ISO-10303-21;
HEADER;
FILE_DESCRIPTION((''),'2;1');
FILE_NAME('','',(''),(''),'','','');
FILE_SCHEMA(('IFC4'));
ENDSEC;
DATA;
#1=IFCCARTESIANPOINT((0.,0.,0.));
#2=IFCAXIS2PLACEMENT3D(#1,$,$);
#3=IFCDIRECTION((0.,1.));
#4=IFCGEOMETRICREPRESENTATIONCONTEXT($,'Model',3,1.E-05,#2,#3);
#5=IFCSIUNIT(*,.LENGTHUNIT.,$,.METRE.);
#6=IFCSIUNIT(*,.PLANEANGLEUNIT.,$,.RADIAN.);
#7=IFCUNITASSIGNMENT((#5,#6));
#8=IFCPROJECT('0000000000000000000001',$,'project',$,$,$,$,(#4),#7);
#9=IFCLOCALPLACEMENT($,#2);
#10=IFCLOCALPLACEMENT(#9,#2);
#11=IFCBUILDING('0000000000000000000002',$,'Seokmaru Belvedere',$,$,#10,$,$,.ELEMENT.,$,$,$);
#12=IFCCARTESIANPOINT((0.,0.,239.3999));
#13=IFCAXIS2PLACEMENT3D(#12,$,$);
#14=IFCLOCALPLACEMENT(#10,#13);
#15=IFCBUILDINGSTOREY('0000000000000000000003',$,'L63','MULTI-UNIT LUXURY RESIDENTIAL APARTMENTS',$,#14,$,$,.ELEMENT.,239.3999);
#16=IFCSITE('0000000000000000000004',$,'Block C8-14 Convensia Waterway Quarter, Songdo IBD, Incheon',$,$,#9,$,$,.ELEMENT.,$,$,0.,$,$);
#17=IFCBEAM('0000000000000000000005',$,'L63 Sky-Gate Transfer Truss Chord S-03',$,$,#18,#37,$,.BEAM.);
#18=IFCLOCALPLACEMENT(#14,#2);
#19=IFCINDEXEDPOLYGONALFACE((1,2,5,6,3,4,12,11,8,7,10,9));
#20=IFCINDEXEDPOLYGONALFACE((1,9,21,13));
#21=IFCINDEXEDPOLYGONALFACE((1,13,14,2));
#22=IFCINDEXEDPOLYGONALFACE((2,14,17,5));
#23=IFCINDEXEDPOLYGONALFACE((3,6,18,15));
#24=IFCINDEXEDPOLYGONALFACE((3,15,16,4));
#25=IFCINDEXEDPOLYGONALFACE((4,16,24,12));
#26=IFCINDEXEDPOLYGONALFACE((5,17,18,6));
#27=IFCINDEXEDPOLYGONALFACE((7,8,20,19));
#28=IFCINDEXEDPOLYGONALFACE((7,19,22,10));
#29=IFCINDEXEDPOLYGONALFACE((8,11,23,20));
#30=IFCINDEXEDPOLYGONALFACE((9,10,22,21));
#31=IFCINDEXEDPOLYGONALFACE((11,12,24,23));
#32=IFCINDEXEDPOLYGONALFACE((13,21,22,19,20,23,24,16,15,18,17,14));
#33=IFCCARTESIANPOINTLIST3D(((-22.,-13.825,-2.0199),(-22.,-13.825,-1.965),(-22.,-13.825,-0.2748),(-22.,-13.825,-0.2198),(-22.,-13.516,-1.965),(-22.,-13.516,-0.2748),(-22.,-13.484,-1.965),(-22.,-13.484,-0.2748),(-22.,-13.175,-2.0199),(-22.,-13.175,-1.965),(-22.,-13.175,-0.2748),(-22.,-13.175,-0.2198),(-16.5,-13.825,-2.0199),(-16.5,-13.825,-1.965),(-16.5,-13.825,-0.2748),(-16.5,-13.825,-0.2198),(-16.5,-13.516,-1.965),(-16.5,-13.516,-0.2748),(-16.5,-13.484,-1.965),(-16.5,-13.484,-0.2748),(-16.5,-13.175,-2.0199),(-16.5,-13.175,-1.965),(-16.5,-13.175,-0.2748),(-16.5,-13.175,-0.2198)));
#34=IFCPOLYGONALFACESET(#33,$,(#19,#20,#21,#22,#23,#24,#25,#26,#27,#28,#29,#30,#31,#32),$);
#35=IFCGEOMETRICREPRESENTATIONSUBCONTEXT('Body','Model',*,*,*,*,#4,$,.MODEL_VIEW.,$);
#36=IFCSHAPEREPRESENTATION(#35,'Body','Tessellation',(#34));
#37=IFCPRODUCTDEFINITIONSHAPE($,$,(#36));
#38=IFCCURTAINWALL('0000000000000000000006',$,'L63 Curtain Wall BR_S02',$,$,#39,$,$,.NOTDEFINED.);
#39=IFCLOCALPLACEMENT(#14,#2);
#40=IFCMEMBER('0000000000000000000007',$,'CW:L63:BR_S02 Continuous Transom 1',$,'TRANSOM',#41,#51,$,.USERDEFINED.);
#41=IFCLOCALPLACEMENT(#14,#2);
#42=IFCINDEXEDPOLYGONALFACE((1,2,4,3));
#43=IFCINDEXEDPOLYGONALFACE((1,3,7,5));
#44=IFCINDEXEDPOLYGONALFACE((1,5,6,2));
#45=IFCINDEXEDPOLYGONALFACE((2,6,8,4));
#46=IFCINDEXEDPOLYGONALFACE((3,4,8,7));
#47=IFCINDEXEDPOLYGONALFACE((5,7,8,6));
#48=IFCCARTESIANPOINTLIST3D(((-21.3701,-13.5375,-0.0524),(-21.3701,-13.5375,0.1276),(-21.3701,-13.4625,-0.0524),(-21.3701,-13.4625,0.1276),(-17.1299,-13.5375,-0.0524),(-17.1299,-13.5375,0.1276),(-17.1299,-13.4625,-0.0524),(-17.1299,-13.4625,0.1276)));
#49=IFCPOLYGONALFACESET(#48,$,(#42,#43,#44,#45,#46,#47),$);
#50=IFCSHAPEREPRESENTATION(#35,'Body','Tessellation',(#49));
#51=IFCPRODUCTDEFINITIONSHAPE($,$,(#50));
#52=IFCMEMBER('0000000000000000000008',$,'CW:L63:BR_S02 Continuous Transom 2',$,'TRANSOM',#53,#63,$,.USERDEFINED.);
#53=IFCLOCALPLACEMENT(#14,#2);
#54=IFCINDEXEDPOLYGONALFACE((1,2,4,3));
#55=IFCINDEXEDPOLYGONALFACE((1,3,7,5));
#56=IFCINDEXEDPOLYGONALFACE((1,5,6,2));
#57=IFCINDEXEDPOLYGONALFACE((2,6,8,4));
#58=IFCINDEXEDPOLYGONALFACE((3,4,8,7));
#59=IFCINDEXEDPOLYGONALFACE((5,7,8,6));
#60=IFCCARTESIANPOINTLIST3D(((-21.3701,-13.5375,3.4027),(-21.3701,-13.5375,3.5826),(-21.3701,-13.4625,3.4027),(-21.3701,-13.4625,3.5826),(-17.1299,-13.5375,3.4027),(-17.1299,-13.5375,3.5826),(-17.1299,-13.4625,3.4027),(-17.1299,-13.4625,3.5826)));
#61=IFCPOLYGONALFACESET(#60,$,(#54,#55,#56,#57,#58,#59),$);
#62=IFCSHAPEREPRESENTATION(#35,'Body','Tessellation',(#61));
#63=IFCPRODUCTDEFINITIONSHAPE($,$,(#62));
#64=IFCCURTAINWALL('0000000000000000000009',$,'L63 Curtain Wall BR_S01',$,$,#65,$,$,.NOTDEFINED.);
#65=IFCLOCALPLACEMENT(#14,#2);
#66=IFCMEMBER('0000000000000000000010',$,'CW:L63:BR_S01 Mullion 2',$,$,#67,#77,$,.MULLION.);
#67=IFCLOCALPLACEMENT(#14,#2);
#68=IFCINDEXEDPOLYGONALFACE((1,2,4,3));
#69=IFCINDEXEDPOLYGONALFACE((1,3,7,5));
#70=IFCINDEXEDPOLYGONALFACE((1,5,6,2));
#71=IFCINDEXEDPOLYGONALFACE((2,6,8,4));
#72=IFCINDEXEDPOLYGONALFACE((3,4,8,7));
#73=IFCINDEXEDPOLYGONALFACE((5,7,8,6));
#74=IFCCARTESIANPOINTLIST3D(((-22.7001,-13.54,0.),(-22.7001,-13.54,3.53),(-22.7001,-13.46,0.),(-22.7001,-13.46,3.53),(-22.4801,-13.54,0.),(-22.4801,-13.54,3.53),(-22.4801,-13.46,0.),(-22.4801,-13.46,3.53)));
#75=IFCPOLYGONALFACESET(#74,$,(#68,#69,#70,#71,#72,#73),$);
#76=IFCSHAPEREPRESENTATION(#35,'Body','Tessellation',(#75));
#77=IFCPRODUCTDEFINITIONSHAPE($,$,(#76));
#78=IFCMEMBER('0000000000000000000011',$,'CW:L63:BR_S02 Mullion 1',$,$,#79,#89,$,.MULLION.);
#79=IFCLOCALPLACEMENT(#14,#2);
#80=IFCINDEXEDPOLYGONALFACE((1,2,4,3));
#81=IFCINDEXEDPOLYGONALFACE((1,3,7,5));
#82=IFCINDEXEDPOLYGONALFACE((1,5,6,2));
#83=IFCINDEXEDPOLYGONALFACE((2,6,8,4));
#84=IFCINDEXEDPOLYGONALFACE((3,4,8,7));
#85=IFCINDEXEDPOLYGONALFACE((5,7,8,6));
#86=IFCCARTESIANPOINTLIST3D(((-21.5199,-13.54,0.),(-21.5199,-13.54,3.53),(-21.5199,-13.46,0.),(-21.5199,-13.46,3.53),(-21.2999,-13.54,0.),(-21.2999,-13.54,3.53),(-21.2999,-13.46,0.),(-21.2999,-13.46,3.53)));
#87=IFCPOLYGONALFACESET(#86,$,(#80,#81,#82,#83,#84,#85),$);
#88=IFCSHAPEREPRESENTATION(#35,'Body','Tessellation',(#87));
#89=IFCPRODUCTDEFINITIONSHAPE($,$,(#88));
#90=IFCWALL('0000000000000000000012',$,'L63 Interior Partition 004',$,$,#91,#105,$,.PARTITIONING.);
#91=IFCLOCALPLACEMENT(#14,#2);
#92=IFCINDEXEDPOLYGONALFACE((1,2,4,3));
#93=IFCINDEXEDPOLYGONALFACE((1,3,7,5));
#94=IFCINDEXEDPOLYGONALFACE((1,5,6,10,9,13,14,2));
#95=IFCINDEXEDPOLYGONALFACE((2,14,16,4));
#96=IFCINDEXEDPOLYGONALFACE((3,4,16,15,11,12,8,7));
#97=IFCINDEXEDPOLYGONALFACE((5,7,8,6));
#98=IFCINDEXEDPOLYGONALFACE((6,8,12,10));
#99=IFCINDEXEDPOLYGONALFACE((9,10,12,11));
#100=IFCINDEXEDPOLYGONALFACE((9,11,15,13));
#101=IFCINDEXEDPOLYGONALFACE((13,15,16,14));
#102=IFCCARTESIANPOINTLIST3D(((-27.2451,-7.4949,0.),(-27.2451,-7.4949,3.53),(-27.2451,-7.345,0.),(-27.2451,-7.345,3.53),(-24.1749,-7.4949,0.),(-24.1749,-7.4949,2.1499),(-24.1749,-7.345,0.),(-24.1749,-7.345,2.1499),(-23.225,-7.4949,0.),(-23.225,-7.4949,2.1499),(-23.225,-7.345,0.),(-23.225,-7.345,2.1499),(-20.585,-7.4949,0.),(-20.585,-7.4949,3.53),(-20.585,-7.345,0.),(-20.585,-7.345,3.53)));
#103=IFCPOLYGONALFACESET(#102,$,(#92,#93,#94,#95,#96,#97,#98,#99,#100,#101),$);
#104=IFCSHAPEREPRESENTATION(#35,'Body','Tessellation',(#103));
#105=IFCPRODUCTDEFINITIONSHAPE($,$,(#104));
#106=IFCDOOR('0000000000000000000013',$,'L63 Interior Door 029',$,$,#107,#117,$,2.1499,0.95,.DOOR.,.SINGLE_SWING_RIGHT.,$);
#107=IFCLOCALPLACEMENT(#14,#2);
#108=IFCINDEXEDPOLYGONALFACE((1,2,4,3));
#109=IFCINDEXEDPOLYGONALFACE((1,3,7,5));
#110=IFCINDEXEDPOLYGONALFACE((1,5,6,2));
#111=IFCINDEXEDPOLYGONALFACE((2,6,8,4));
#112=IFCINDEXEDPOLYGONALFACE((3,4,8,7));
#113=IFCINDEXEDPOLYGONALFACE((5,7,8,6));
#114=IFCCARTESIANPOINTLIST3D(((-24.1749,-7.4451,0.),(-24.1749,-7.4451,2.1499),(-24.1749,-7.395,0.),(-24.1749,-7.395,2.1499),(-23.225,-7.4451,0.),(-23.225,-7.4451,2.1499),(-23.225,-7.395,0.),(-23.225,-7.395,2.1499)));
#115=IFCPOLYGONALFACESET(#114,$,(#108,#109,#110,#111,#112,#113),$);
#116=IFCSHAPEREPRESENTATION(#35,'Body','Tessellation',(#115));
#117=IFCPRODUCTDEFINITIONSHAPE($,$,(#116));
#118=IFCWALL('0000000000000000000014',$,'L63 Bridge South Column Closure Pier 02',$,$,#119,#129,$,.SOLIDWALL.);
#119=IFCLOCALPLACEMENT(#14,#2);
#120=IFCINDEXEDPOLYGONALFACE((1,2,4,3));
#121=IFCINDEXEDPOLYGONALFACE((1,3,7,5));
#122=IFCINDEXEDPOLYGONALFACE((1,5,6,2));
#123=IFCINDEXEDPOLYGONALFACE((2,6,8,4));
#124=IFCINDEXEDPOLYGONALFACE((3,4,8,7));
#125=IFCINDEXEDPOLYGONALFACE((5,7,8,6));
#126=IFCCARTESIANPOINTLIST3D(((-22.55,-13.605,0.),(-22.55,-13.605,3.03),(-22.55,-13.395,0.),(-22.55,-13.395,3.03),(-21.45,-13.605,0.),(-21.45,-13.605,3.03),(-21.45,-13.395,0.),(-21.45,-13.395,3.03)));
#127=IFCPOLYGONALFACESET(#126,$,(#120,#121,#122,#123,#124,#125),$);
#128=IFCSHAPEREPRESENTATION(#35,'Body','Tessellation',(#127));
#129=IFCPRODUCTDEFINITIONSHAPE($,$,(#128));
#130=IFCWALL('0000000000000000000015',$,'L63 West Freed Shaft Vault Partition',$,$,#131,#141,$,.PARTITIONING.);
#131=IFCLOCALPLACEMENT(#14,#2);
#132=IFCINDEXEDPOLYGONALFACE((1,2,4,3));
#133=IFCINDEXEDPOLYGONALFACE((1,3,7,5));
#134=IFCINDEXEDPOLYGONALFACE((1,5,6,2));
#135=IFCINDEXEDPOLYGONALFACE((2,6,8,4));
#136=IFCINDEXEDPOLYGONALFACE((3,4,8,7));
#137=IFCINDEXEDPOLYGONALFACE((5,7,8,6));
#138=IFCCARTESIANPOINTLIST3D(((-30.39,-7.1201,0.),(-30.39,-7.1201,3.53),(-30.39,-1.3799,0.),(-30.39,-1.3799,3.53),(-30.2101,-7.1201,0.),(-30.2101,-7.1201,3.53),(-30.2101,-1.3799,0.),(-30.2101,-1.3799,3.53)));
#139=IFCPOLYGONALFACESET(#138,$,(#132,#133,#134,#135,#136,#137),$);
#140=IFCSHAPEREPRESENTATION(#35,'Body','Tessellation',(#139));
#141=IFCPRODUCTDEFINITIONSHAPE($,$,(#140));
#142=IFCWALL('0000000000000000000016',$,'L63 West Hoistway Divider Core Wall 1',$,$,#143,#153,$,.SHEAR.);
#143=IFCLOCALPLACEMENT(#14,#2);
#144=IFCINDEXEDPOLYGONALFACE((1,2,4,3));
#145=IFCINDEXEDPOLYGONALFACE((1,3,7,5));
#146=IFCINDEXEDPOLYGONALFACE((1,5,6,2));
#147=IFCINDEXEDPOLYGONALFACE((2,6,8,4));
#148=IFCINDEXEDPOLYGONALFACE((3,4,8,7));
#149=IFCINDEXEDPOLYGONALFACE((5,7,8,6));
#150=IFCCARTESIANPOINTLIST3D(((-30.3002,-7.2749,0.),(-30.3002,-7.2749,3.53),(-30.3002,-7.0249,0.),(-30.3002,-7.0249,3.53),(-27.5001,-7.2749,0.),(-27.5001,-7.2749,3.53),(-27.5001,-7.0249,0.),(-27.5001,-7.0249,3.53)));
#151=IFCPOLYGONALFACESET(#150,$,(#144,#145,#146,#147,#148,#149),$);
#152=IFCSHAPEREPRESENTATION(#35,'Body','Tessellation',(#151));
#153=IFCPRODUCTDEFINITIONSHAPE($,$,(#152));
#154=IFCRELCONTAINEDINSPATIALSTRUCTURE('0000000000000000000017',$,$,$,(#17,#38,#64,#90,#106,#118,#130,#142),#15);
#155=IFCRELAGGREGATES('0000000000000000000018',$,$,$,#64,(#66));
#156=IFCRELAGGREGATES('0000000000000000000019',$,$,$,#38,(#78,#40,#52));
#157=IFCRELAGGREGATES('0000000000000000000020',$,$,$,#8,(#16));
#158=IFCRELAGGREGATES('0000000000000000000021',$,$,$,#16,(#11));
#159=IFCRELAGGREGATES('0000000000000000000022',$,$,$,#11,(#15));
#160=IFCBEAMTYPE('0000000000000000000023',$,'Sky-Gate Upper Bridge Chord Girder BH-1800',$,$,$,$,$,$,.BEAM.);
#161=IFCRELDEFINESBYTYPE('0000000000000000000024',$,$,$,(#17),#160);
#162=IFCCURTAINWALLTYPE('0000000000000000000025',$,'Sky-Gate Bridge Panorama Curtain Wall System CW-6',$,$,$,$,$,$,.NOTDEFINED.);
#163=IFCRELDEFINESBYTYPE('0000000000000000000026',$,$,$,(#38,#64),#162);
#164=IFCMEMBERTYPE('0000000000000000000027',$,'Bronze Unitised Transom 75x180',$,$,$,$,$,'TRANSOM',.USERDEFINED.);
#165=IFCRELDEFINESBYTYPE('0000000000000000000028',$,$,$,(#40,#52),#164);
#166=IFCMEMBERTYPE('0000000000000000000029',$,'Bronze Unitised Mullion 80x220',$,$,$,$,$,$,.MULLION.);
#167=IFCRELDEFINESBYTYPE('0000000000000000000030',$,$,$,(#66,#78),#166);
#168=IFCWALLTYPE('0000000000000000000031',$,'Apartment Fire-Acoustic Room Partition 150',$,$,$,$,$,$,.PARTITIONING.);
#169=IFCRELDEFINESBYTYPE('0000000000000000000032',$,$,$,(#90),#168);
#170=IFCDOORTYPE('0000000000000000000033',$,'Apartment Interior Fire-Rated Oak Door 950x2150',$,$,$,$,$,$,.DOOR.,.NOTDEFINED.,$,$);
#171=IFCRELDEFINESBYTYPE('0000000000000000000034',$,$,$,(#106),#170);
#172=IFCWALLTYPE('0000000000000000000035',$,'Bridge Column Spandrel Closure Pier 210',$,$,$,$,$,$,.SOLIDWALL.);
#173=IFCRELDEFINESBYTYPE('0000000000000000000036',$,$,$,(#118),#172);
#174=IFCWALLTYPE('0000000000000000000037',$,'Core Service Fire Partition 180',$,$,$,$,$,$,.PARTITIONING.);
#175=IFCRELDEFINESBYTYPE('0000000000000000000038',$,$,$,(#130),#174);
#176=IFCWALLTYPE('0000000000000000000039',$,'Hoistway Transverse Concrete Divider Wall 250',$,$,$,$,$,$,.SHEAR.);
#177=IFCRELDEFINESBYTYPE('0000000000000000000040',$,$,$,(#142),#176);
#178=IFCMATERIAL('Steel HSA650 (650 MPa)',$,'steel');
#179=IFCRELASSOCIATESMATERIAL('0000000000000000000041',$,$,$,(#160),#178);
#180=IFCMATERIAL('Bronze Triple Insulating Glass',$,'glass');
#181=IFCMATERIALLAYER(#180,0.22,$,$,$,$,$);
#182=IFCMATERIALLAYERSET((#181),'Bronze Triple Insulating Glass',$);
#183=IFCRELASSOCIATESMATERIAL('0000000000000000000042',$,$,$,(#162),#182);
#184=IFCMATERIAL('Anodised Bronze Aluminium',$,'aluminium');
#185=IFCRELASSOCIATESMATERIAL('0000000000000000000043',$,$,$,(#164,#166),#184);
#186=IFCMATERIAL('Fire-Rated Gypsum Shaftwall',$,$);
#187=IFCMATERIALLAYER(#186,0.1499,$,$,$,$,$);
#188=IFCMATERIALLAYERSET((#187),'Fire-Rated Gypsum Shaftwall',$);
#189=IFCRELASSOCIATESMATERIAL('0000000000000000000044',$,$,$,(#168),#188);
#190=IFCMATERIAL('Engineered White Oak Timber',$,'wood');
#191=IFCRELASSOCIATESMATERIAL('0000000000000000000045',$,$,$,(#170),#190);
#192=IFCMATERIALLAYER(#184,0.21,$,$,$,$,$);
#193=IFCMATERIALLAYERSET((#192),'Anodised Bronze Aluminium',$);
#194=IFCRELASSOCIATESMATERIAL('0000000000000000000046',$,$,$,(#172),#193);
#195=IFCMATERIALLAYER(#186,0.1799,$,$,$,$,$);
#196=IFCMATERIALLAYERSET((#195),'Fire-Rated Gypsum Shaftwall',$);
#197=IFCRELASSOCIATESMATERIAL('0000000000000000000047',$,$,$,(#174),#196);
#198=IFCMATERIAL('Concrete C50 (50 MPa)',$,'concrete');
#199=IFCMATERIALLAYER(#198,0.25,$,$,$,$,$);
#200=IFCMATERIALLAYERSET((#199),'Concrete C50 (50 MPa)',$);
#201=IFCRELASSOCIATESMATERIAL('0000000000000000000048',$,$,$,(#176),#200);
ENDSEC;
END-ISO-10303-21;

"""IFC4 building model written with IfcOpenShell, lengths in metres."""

from ifc_helpers import new_model, si_unit, direction, frame, frame_2d, origin, origin_2d, place, context, subcontext, project, spatial, rectangle, i_section, extrude, source, transform, mapped, material, layer, layer_set, material_profile, profile_set, type_object, type_shapes, element, fill, aggregate, save


model = new_model("IFC4")

# Units and contexts
model_context = context("Model", 3, precision=1e-05, world=origin(), true_north=direction((0.0, 1.0)))
body_context = subcontext(model_context, "Body", "Model", "MODEL_VIEW")
ifc_project = project(units=[si_unit("LENGTHUNIT", "METRE"), si_unit("PLANEANGLEUNIT", "RADIAN")], contexts=[model_context])

# Site, building, storey
site_placement = place(None, origin())
site = spatial("IfcSite", under=ifc_project, at=site_placement, Name="Block C8-14 Convensia Waterway Quarter, Songdo IBD, Incheon", CompositionType="ELEMENT", RefElevation=0.0)
building_placement = place(site_placement, origin())
building = spatial("IfcBuilding", under=site, at=building_placement, Name="Seokmaru Belvedere", CompositionType="ELEMENT")
storey_placement = place(building_placement, frame((0.0, 0.0, 239.3999)))
storey = spatial("IfcBuildingStorey", under=building, at=storey_placement, Name="L63", Description="MULTI-UNIT LUXURY RESIDENTIAL APARTMENTS", CompositionType="ELEMENT", Elevation=239.3999)

# Shared definitions
ifc_material_1 = material(Name="Steel HSA650 (650 MPa)", Category="steel")

# Beam
ifc_material_profile_1 = material_profile(ifc_material_1, i_section(OverallWidth=0.6499, OverallDepth=1.8, WebThickness=0.032, FlangeThickness=0.0549, at=origin_2d()), Name="BH-1800x650x32x55")
ifc_profile_set_1 = profile_set([ifc_material_profile_1], Name="Steel HSA650 (650 MPa)")
beam_type_1 = type_object("IfcBeamType", Name="Sky-Gate Upper Bridge Chord Girder BH-1800", PredefinedType="BEAM", material=ifc_profile_set_1)
shared_shape_1 = source(origin(), body_context, "Body", "SweptSolid", [
    extrude(i_section(OverallWidth=0.6499, OverallDepth=1.8, WebThickness=0.032, FlangeThickness=0.0549, at=origin_2d()), origin(), (0.0, 0.0, 1.0), 5.5),
])
type_shapes(beam_type_1, [shared_shape_1])
beam_1_placement = place(storey_placement, frame((-22.0, -13.5, -1.1199), z_axis=(1.0, 0.0, 0.0), x_axis=(0.0, 1.0, 0.0)))
element("IfcBeam", 1, at=beam_1_placement, inside=storey, type_object=beam_type_1, Name="L63 Sky-Gate Transfer Truss Chord S-03", PredefinedType="BEAM", context=body_context, shape_type="MappedRepresentation", body=[
    mapped(shared_shape_1, transform((0.0, 0.0, 0.0), scale=1.0)),
])

# Curtain wall, members
ifc_material_2 = material(Name="Bronze Triple Insulating Glass", Category="glass")
ifc_layer_1 = layer(ifc_material_2, 0.22)
ifc_layer_set_1 = layer_set([ifc_layer_1], Name="Bronze Triple Insulating Glass")
curtain_wall_type = type_object("IfcCurtainWallType", Name="Sky-Gate Bridge Panorama Curtain Wall System CW-6", PredefinedType="NOTDEFINED", material=ifc_layer_set_1)
curtain_wall_1_placement = place(storey_placement, origin())
curtain_wall_1 = element("IfcCurtainWall", 2, at=curtain_wall_1_placement, inside=storey, type_object=curtain_wall_type, Name="L63 Curtain Wall BR_S02", PredefinedType="NOTDEFINED")
ifc_material_3 = material(Name="Anodised Bronze Aluminium", Category="aluminium")
ifc_material_profile_2 = material_profile(ifc_material_3, rectangle(XDim=0.075, YDim=0.1799, at=origin_2d()), Name="CW-T-75x180")
ifc_profile_set_2 = profile_set([ifc_material_profile_2], Name="Anodised Bronze Aluminium")
member_type_1 = type_object("IfcMemberType", Name="Bronze Unitised Transom 75x180", ElementType="TRANSOM", PredefinedType="USERDEFINED", material=ifc_profile_set_2)
shared_shape_2 = source(origin(), body_context, "Body", "SweptSolid", [
    extrude(rectangle(XDim=0.075, YDim=0.1799, at=origin_2d()), origin(), (0.0, 0.0, 1.0), 4.2402),
])
type_shapes(member_type_1, [shared_shape_2])
member_1_placement = place(storey_placement, frame((-21.3701, -13.5, 0.0376), z_axis=(1.0, 0.0, 0.0), x_axis=(0.0, 1.0, 0.0)))
member_1 = element("IfcMember", 3, at=member_1_placement, type_object=member_type_1, Name="CW:L63:BR_S02 Continuous Transom 1", ObjectType="TRANSOM", PredefinedType="USERDEFINED", context=body_context, shape_type="MappedRepresentation", body=[
    mapped(shared_shape_2, transform((0.0, 0.0, 0.0), scale=1.0)),
])
member_2_placement = place(storey_placement, frame((-21.3701, -13.5, 3.4927), z_axis=(1.0, 0.0, 0.0), x_axis=(0.0, 1.0, 0.0)))
member_2 = element("IfcMember", 4, at=member_2_placement, type_object=member_type_1, Name="CW:L63:BR_S02 Continuous Transom 2", ObjectType="TRANSOM", PredefinedType="USERDEFINED", context=body_context, shape_type="MappedRepresentation", body=[
    mapped(shared_shape_2, transform((0.0, 0.0, 0.0), scale=1.0)),
])

# Curtain wall, member
curtain_wall_2_placement = place(storey_placement, origin())
curtain_wall_2 = element("IfcCurtainWall", 5, at=curtain_wall_2_placement, inside=storey, type_object=curtain_wall_type, Name="L63 Curtain Wall BR_S01", PredefinedType="NOTDEFINED")
ifc_material_profile_3 = material_profile(ifc_material_3, rectangle(XDim=0.0801, YDim=0.22, at=origin_2d()), Name="CW-M-80x220")
ifc_profile_set_3 = profile_set([ifc_material_profile_3], Name="Anodised Bronze Aluminium")
member_type_2 = type_object("IfcMemberType", Name="Bronze Unitised Mullion 80x220", PredefinedType="MULLION", material=ifc_profile_set_3)
shared_shape_3 = source(origin(), body_context, "Body", "SweptSolid", [
    extrude(rectangle(XDim=0.0801, YDim=0.22, at=origin_2d()), origin(), (0.0, 0.0, 1.0), 3.53),
])
type_shapes(member_type_2, [shared_shape_3])
member_3_placement = place(storey_placement, frame((-22.5901, -13.5, 0.0), z_axis=(0.0, 0.0, 1.0), x_axis=(0.0, 1.0, 0.0)))
member_3 = element("IfcMember", 6, at=member_3_placement, type_object=member_type_2, Name="CW:L63:BR_S01 Mullion 2", PredefinedType="MULLION", context=body_context, shape_type="MappedRepresentation", body=[
    mapped(shared_shape_3, transform((0.0, 0.0, 0.0), scale=1.0)),
])
aggregate(curtain_wall_2, [member_3])

# Member
member_4_placement = place(storey_placement, frame((-21.4099, -13.5, 0.0), z_axis=(0.0, 0.0, 1.0), x_axis=(0.0, 1.0, 0.0)))
member_4 = element("IfcMember", 7, at=member_4_placement, type_object=member_type_2, Name="CW:L63:BR_S02 Mullion 1", PredefinedType="MULLION", context=body_context, shape_type="MappedRepresentation", body=[
    mapped(shared_shape_3, transform((0.0, 0.0, 0.0), scale=1.0)),
])
aggregate(curtain_wall_1, [member_4, member_1, member_2])

# Wall, opening, door
ifc_material_4 = material(Name="Fire-Rated Gypsum Shaftwall")
ifc_layer_2 = layer(ifc_material_4, 0.1499)
ifc_layer_set_2 = layer_set([ifc_layer_2], Name="Fire-Rated Gypsum Shaftwall")
wall_type_1 = type_object("IfcWallType", Name="Apartment Fire-Acoustic Room Partition 150", PredefinedType="PARTITIONING", material=ifc_layer_set_2)
wall_1_placement = place(storey_placement, frame((-27.2451, -7.4199, 0.0), z_axis=(0.0, 0.0, 1.0), x_axis=(1.0, 0.0, 0.0)))
wall_1 = element("IfcWall", 8, at=wall_1_placement, inside=storey, type_object=wall_type_1, Name="L63 Interior Partition 004", PredefinedType="PARTITIONING", context=body_context, shape_type="SweptSolid", body=[
    extrude(rectangle(XDim=6.6602, YDim=0.1499, at=frame_2d((3.3301, 0.0))), origin(), (0.0, 0.0, 1.0), 3.53),
])
opening_1_placement = place(wall_1_placement, frame((3.0701, 0.0, 0.0)))
opening_1 = element("IfcOpeningElement", 9, at=opening_1_placement, cuts=wall_1, PredefinedType="OPENING", context=body_context, shape_type="SweptSolid", body=[
    extrude(rectangle(XDim=0.95, YDim=2.1499, at=frame_2d((0.4751, 1.075))), frame((0.0, 0.085, 0.0), z_axis=(0.0, -1.0, 0.0), x_axis=(1.0, 0.0, 0.0)), (0.0, 0.0, 1.0), 0.1699),
])
ifc_material_5 = material(Name="Engineered White Oak Timber", Category="wood")
door_type_1 = type_object("IfcDoorType", Name="Apartment Interior Fire-Rated Oak Door 950x2150", OperationType="NOTDEFINED", PredefinedType="DOOR", material=ifc_material_5)
shared_shape_4 = source(origin(), body_context, "Body", "SweptSolid", [
    extrude(rectangle(XDim=0.95, YDim=2.1499, at=frame_2d((0.4751, 1.075))), frame((0.0, 0.0249, 0.0), z_axis=(0.0, -1.0, 0.0), x_axis=(1.0, 0.0, 0.0)), (0.0, 0.0, 1.0), 0.05),
])
type_shapes(door_type_1, [shared_shape_4])
door_1_placement = place(opening_1_placement, origin())
door_1 = element("IfcDoor", 10, at=door_1_placement, inside=storey, type_object=door_type_1, Name="L63 Interior Door 029", OperationType="SINGLE_SWING_RIGHT", OverallHeight=2.1499, OverallWidth=0.95, PredefinedType="DOOR", context=body_context, shape_type="MappedRepresentation", body=[
    mapped(shared_shape_4, transform((0.0, 0.0, 0.0), scale=1.0)),
])
fill(opening_1, door_1)

# Wall
ifc_layer_3 = layer(ifc_material_3, 0.21)
ifc_layer_set_3 = layer_set([ifc_layer_3], Name="Anodised Bronze Aluminium")
wall_type_2 = type_object("IfcWallType", Name="Bridge Column Spandrel Closure Pier 210", PredefinedType="SOLIDWALL", material=ifc_layer_set_3)
wall_2_placement = place(storey_placement, frame((-22.55, -13.5, 0.0), z_axis=(0.0, 0.0, 1.0), x_axis=(1.0, 0.0, 0.0)))
element("IfcWall", 11, at=wall_2_placement, inside=storey, type_object=wall_type_2, Name="L63 Bridge South Column Closure Pier 02", PredefinedType="SOLIDWALL", context=body_context, shape_type="SweptSolid", body=[
    extrude(rectangle(XDim=1.1001, YDim=0.21, at=frame_2d((0.55, 0.0))), origin(), (0.0, 0.0, 1.0), 3.03),
])

# Shared definitions
ifc_layer_4 = layer(ifc_material_4, 0.1799)
ifc_layer_set_4 = layer_set([ifc_layer_4], Name="Fire-Rated Gypsum Shaftwall")
wall_type_3 = type_object("IfcWallType", Name="Core Service Fire Partition 180", PredefinedType="PARTITIONING", material=ifc_layer_set_4)

# Walls
wall_3_placement = place(storey_placement, frame((-30.3, -7.1201, 0.0), z_axis=(0.0, 0.0, 1.0), x_axis=(0.0, 1.0, 0.0)))
element("IfcWall", 12, at=wall_3_placement, inside=storey, type_object=wall_type_3, Name="L63 West Freed Shaft Vault Partition", PredefinedType="PARTITIONING", context=body_context, shape_type="SweptSolid", body=[
    extrude(rectangle(XDim=5.7402, YDim=0.1799, at=frame_2d((2.8701, 0.0))), origin(), (0.0, 0.0, 1.0), 3.53),
])
ifc_material_6 = material(Name="Concrete C50 (50 MPa)", Category="concrete")
ifc_layer_5 = layer(ifc_material_6, 0.25)
ifc_layer_set_5 = layer_set([ifc_layer_5], Name="Concrete C50 (50 MPa)")
wall_type_4 = type_object("IfcWallType", Name="Hoistway Transverse Concrete Divider Wall 250", PredefinedType="SHEAR", material=ifc_layer_set_5)
wall_4_placement = place(storey_placement, frame((-30.3, -7.1499, 0.0), z_axis=(0.0, 0.0, 1.0), x_axis=(1.0, 0.0, 0.0)))
element("IfcWall", 13, at=wall_4_placement, inside=storey, type_object=wall_type_4, Name="L63 West Hoistway Divider Core Wall 1", PredefinedType="SHEAR", context=body_context, shape_type="SweptSolid", body=[
    extrude(rectangle(XDim=2.8, YDim=0.25, at=frame_2d((1.3999, 0.0))), origin(), (0.0, 0.0, 1.0), 3.53),
])

save(model, "model.ifc")
